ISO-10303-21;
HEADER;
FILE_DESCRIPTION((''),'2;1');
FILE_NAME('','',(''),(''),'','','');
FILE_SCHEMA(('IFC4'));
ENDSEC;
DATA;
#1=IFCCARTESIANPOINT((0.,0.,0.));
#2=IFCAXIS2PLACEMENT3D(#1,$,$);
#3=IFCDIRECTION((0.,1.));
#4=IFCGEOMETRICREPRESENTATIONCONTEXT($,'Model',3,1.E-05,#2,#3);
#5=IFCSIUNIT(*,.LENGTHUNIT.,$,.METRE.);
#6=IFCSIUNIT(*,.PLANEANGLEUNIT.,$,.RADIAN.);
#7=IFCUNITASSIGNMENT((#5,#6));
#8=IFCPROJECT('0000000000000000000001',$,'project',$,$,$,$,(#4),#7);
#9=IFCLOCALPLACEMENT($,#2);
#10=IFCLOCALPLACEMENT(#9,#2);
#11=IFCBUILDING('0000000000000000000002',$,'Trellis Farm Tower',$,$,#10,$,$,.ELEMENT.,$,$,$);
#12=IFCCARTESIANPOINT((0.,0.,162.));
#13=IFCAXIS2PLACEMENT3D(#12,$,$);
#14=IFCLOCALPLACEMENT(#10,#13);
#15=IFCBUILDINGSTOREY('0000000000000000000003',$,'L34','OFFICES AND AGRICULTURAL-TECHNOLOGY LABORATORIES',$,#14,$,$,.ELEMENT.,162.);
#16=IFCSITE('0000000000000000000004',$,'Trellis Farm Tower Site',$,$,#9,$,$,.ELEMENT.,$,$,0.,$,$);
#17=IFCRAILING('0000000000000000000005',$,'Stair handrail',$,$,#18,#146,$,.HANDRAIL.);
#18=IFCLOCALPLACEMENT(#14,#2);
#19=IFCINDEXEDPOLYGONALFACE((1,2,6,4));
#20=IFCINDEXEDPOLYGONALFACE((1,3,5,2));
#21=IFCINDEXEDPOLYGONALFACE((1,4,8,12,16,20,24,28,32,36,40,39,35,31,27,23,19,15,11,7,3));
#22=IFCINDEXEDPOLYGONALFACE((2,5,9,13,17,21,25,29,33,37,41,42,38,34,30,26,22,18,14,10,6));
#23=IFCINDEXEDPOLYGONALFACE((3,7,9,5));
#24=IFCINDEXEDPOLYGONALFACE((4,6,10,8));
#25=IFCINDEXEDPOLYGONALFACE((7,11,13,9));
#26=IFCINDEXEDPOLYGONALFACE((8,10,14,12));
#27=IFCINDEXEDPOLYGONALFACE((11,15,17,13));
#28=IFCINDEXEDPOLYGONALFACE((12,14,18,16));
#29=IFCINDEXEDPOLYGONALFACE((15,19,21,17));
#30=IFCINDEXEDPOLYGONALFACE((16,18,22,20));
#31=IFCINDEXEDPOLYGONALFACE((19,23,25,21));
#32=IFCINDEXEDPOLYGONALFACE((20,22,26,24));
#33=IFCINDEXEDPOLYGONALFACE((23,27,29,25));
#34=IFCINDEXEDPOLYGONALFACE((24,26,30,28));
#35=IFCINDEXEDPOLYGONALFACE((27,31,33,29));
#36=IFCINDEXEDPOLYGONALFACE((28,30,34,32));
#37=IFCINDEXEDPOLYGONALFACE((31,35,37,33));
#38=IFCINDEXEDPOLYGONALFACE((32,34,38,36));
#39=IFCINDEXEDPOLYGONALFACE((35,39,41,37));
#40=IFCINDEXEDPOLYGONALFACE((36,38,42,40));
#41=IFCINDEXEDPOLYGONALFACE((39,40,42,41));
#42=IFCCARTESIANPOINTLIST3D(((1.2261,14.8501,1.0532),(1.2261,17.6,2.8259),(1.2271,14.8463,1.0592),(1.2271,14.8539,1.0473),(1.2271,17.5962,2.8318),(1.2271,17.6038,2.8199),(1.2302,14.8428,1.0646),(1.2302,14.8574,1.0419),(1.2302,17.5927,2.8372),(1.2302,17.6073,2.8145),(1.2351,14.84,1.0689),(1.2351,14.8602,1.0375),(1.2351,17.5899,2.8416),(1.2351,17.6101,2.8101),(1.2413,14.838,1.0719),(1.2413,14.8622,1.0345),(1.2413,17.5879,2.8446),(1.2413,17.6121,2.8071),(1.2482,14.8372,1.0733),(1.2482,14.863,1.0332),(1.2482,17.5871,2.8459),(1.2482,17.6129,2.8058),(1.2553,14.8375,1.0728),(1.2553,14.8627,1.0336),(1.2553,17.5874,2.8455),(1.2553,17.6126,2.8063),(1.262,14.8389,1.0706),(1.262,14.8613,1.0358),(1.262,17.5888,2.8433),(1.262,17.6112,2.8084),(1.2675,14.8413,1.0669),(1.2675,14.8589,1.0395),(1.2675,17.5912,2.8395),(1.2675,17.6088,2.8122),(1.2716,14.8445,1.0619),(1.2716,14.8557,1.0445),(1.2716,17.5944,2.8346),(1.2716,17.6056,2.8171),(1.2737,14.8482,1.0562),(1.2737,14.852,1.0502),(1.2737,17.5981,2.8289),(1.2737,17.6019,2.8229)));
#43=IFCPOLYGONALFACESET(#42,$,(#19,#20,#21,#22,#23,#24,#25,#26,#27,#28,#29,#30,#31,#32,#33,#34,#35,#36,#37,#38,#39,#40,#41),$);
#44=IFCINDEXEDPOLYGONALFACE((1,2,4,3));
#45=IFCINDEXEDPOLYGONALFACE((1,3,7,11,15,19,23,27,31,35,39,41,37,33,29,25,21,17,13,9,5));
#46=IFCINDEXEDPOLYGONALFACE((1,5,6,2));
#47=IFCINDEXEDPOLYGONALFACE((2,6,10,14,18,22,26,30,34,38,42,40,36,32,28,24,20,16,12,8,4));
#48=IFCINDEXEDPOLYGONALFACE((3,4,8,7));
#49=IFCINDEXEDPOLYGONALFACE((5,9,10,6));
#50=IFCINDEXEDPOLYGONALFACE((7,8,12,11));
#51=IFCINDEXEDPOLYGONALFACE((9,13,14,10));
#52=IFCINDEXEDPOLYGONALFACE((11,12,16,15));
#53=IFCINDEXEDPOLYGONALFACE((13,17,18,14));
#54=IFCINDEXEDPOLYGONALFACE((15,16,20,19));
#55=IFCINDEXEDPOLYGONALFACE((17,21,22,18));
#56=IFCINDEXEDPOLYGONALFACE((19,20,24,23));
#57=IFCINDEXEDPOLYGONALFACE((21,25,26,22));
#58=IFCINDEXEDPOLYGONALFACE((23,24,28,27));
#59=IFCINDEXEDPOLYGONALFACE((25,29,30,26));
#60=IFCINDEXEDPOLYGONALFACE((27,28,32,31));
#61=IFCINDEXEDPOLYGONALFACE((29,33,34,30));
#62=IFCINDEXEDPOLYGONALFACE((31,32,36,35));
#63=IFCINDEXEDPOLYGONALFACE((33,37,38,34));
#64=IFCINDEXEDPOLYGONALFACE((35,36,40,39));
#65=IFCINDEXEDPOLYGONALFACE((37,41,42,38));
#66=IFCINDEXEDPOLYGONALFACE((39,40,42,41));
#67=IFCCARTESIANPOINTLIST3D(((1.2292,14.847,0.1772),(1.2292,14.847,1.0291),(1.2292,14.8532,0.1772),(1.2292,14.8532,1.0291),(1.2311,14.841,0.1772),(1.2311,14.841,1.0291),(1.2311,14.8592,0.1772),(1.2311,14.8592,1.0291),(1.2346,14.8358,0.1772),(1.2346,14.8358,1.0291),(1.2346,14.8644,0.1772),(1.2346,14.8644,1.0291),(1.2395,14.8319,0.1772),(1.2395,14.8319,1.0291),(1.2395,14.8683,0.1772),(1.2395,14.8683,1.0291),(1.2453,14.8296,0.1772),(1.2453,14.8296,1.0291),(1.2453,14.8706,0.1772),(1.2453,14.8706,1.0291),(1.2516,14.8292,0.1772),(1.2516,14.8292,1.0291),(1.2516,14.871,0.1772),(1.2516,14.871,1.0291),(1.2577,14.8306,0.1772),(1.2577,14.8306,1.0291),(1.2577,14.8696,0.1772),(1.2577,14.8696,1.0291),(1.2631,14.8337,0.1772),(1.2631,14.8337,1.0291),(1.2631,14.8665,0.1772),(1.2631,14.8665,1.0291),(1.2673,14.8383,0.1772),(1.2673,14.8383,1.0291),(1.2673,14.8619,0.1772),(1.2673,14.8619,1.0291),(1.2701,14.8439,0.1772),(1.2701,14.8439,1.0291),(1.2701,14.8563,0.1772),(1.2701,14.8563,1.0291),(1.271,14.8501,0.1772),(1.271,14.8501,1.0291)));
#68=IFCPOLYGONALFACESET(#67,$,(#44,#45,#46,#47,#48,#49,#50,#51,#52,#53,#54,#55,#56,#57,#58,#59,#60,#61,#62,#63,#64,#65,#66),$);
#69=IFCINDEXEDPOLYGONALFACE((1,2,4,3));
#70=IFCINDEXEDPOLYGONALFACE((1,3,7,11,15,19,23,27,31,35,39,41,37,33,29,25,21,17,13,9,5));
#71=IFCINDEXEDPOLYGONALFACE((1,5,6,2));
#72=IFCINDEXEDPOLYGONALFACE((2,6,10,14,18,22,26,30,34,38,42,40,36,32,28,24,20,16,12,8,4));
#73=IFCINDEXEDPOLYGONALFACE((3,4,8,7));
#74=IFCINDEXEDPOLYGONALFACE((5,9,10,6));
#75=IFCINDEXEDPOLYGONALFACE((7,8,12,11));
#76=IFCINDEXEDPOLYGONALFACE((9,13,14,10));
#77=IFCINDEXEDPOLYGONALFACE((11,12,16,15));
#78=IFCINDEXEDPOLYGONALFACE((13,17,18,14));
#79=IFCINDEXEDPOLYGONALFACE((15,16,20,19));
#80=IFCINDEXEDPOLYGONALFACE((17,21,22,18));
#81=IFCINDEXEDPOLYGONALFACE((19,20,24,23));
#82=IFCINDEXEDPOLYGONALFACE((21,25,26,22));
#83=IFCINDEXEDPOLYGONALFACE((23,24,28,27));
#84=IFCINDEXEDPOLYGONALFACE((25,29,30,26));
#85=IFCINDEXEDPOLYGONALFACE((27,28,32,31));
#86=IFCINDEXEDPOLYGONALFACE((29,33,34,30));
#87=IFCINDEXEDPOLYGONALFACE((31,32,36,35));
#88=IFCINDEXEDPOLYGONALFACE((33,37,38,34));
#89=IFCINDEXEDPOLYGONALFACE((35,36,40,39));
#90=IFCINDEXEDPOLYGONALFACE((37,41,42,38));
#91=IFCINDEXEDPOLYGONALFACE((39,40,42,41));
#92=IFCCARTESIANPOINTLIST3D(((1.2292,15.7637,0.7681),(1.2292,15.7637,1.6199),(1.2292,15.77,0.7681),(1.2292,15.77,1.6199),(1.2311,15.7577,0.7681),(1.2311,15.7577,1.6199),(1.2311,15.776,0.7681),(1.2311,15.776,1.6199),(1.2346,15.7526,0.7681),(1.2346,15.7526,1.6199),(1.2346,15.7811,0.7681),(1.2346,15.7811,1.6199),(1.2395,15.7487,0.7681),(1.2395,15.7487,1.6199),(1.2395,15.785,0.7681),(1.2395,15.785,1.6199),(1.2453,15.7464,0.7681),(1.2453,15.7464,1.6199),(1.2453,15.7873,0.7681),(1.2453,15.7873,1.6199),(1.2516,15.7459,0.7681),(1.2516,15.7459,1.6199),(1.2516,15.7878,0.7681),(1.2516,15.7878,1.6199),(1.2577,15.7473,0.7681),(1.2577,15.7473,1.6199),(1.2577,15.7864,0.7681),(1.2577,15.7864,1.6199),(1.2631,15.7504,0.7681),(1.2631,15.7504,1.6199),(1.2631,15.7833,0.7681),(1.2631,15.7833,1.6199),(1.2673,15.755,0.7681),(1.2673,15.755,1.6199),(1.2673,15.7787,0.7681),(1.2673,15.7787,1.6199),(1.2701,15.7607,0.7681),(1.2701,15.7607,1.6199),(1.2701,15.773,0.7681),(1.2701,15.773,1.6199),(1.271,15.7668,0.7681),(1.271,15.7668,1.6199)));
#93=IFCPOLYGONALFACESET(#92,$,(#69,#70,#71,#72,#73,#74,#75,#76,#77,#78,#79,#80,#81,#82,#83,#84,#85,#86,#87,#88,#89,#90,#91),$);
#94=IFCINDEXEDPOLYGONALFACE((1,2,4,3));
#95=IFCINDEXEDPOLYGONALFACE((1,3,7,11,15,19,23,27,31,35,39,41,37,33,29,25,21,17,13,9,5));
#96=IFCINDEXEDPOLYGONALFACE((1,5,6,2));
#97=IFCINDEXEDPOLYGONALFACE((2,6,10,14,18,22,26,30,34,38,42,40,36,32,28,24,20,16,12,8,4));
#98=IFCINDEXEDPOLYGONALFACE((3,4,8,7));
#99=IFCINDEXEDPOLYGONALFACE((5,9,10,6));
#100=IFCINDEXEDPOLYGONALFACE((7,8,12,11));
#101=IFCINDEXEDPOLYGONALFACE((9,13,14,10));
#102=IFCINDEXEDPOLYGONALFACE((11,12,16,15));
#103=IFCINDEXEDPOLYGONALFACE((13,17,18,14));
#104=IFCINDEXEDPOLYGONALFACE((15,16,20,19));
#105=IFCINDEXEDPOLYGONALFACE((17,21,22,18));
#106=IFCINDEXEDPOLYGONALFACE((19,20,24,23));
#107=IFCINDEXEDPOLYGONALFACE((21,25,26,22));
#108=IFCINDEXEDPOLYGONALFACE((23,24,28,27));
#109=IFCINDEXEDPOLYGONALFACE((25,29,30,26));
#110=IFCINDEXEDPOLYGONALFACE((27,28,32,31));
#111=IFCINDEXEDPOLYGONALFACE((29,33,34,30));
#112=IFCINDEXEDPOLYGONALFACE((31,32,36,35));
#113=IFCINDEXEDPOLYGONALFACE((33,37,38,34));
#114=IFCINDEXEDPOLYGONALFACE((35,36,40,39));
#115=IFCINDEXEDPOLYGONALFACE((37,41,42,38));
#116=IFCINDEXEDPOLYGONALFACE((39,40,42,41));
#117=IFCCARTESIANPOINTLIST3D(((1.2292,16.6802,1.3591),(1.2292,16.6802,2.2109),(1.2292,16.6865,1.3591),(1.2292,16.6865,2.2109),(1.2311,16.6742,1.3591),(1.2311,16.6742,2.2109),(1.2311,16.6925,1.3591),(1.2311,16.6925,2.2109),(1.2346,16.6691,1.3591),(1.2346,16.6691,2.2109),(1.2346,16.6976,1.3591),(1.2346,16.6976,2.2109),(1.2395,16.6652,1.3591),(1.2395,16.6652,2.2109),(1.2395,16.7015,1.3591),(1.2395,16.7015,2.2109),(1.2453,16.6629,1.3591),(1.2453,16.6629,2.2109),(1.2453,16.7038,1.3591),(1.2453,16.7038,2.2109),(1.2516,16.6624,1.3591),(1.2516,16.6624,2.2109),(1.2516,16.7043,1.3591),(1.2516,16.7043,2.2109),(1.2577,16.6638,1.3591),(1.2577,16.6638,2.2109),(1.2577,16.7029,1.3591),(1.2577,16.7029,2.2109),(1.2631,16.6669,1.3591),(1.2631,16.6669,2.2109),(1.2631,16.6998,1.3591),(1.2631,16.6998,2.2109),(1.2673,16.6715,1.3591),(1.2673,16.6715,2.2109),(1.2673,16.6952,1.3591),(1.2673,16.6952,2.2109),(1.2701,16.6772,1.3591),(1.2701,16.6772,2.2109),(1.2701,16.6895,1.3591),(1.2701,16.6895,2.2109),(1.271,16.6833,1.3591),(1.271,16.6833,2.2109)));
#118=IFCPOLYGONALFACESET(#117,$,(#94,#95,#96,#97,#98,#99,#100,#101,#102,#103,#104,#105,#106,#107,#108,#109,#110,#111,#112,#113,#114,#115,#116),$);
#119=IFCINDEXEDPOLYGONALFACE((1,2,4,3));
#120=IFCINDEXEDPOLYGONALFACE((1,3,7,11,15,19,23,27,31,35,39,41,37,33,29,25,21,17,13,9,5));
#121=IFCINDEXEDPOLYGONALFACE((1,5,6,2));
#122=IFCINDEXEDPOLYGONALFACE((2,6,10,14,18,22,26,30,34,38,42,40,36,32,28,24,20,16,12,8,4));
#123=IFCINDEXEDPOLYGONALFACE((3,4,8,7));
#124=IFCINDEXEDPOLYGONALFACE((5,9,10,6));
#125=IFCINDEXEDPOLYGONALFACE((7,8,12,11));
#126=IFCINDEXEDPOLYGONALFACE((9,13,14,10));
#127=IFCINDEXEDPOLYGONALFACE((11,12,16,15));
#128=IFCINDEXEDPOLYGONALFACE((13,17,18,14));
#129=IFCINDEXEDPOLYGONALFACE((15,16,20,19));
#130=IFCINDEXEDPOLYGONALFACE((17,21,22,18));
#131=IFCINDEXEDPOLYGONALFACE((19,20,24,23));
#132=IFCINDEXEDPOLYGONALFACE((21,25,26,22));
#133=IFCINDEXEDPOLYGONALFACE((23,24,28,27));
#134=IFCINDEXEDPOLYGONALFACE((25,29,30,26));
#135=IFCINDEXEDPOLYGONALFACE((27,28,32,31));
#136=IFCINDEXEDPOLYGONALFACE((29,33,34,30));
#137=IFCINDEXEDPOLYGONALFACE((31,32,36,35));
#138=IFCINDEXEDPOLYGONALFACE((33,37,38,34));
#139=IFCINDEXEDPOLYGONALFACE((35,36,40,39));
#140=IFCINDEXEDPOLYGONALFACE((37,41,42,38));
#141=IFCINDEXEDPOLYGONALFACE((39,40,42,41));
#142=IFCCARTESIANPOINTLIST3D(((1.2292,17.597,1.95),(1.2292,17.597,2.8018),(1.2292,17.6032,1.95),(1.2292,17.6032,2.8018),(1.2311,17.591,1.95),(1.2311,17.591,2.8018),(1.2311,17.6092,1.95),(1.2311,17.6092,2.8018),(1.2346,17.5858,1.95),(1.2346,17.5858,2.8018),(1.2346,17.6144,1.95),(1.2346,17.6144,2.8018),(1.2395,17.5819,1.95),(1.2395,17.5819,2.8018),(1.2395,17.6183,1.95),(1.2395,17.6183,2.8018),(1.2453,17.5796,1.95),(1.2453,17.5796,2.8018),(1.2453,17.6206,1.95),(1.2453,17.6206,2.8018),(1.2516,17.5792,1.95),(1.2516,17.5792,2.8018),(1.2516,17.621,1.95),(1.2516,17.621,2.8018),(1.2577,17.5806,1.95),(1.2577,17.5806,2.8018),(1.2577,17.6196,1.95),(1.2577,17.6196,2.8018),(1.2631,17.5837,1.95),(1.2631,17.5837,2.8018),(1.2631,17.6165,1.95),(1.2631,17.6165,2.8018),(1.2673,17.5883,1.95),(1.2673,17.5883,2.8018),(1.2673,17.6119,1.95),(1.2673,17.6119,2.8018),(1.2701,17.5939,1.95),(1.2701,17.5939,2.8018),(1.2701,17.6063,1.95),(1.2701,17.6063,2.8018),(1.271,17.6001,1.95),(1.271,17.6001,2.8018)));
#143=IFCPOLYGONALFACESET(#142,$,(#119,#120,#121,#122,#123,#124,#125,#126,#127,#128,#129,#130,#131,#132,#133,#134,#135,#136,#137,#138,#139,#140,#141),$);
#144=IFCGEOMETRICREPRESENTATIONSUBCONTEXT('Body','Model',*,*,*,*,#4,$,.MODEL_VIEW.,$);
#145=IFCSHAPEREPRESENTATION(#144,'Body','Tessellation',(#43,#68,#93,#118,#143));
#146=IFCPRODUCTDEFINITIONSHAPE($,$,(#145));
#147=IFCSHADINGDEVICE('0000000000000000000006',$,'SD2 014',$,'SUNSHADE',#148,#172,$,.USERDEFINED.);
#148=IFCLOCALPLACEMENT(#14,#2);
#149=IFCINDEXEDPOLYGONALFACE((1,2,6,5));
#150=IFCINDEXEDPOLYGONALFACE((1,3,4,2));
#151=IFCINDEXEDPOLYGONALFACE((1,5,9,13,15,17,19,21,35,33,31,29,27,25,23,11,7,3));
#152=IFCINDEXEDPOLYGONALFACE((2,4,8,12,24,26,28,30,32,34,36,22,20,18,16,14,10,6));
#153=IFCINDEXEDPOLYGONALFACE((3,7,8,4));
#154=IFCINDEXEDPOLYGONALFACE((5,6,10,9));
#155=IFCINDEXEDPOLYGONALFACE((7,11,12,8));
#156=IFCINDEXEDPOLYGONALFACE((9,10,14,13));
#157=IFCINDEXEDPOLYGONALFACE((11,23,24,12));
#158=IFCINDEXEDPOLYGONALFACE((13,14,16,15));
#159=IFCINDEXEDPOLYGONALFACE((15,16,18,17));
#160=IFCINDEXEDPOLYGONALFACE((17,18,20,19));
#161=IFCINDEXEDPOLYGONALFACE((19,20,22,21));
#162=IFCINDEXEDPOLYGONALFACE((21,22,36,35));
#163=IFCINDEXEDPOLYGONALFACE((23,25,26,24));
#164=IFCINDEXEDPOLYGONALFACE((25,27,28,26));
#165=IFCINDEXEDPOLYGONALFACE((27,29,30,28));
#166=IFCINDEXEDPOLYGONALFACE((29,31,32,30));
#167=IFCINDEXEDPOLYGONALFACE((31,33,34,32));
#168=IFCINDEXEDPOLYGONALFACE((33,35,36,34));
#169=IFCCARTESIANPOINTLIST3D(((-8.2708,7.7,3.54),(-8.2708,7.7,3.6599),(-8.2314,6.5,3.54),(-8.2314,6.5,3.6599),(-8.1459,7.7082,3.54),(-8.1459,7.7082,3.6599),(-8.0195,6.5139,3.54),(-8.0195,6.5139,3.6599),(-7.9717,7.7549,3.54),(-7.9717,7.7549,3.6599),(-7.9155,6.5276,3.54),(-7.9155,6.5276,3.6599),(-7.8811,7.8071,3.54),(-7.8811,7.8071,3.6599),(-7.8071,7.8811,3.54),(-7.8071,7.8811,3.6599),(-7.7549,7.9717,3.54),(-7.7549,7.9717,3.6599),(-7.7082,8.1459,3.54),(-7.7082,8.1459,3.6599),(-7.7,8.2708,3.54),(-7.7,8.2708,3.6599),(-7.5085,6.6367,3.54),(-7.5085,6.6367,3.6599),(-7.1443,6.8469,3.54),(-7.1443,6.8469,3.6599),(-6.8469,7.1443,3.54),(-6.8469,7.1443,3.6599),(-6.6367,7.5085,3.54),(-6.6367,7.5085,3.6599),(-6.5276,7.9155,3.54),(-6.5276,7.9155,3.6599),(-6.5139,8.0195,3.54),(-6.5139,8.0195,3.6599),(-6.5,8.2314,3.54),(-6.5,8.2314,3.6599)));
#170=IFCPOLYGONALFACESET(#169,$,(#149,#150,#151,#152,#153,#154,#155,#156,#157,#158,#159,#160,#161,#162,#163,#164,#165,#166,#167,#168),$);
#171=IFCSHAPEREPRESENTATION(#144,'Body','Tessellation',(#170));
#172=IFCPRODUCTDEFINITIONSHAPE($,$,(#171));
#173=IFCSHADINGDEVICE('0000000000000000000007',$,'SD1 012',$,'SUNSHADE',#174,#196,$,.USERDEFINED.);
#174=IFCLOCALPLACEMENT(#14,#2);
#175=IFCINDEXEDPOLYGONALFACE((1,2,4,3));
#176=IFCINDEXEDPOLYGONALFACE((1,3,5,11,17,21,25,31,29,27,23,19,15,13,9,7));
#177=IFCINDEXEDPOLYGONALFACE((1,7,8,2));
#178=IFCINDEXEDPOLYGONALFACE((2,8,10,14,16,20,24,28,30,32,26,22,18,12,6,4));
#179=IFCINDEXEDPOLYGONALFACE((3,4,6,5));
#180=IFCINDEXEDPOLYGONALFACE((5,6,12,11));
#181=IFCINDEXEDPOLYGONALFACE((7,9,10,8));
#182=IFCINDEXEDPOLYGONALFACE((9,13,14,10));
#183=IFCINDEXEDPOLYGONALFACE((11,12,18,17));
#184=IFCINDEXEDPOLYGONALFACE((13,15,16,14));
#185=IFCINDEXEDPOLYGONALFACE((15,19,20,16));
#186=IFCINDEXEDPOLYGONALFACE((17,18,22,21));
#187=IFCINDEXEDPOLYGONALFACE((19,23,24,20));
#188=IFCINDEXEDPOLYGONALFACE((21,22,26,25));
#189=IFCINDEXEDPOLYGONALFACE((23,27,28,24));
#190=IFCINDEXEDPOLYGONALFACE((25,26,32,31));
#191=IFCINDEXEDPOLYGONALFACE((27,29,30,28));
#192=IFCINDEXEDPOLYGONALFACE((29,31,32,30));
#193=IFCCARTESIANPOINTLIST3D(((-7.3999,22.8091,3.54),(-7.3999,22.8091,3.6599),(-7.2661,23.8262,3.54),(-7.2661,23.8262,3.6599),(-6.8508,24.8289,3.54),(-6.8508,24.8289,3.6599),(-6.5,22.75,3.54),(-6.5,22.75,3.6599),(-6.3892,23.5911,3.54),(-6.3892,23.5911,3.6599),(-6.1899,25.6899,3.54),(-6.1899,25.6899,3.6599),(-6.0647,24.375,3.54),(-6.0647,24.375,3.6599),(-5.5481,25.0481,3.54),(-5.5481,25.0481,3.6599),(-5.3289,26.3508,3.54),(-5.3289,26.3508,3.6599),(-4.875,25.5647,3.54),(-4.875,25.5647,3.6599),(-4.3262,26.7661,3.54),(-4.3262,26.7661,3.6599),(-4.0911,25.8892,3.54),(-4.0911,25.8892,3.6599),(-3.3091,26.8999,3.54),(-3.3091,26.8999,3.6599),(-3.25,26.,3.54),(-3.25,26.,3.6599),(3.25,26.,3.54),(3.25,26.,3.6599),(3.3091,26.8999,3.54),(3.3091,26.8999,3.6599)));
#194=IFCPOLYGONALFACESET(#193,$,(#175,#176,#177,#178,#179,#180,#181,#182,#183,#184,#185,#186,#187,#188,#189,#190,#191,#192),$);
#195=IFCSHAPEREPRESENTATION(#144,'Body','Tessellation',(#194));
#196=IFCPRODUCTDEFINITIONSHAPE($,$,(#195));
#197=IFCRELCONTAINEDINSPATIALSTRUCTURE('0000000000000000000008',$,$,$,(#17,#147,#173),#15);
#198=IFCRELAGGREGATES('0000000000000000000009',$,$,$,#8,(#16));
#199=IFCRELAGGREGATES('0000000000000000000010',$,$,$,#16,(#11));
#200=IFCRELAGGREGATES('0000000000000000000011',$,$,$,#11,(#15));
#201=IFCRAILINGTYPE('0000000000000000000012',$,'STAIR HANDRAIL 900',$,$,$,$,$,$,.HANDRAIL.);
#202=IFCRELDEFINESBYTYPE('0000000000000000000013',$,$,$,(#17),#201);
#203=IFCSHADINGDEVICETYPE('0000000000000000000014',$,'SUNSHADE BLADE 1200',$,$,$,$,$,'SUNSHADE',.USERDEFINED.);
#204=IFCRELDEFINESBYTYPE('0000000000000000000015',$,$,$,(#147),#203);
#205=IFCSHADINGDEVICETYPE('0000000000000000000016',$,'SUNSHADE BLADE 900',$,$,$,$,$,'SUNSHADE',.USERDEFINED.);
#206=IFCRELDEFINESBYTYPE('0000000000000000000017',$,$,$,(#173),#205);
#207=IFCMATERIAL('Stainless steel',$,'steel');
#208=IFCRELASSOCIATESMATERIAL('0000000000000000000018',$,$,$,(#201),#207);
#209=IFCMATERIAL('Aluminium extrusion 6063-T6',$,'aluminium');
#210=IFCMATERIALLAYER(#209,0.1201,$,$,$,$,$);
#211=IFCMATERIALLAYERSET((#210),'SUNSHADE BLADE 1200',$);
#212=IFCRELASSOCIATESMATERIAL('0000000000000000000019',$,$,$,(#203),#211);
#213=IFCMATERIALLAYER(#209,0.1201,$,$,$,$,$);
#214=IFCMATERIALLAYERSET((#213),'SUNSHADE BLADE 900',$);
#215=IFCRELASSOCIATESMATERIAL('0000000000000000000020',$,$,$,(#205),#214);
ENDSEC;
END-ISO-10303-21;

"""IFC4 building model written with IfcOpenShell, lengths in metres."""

from ifc_helpers import new_model, si_unit, direction, frame, origin, origin_2d, place, context, subcontext, project, spatial, polyline, circle, outline, extrude, source, transform, mapped, material, layer, layer_set, type_object, element, save


model = new_model("IFC4")

# Units and contexts
model_context = context("Model", 3, precision=1e-05, world=origin(), true_north=direction((0.0, 1.0)))
body_context = subcontext(model_context, "Body", "Model", "MODEL_VIEW")
ifc_project = project(units=[si_unit("LENGTHUNIT", "METRE"), si_unit("PLANEANGLEUNIT", "RADIAN")], contexts=[model_context])

# Site, building, storey
site_placement = place(None, origin())
site = spatial("IfcSite", under=ifc_project, at=site_placement, Name="Trellis Farm Tower Site", CompositionType="ELEMENT", RefElevation=0.0)
building_placement = place(site_placement, origin())
building = spatial("IfcBuilding", under=site, at=building_placement, Name="Trellis Farm Tower", CompositionType="ELEMENT")
storey_placement = place(building_placement, frame((0.0, 0.0, 162.0)))
storey = spatial("IfcBuildingStorey", under=building, at=storey_placement, Name="L34", Description="OFFICES AND AGRICULTURAL-TECHNOLOGY LABORATORIES", CompositionType="ELEMENT", Elevation=162.0)

# Shared definitions
ifc_material_1 = material(Name="Aluminium extrusion 6063-T6", Category="aluminium")

# Railing
ifc_material_2 = material(Name="Stainless steel", Category="steel")
railing_type = type_object("IfcRailingType", Name="STAIR HANDRAIL 900", PredefinedType="HANDRAIL", material=ifc_material_2)
shared_shape_1 = source(origin(), body_context, "Body", "SweptSolid", [
    extrude(circle(Radius=0.0239, at=origin_2d()), frame((0.0, 0.0, 0.876), z_axis=(0.0, 0.840504, 0.541806), x_axis=(-1.0, 0.0, 0.0)), (0.0, 0.0, 1.0), 3.2717),
    extrude(circle(Radius=0.021, at=origin_2d()), origin(), (0.0, 0.0, 1.0), 0.8518),
    extrude(circle(Radius=0.021, at=origin_2d()), frame((0.0, 0.9167, 0.5908)), (0.0, 0.0, 1.0), 0.8518),
    extrude(circle(Radius=0.021, at=origin_2d()), frame((0.0, 1.8333, 1.1819)), (0.0, 0.0, 1.0), 0.8518),
    extrude(circle(Radius=0.021, at=origin_2d()), frame((0.0, 2.75, 1.7727)), (0.0, 0.0, 1.0), 0.8518),
])
railing_placement = place(storey_placement, frame((1.25, 14.8501, 0.1772)))
element("IfcRailing", 1, at=railing_placement, inside=storey, type_object=railing_type, Name="Stair handrail", PredefinedType="HANDRAIL", context=body_context, shape_type="MappedRepresentation", body=[
    mapped(shared_shape_1, transform((0.0, 0.0, 0.0))),
])

# Shading devices
ifc_layer_1 = layer(ifc_material_1, 0.1201)
ifc_layer_set_1 = layer_set([ifc_layer_1], Name="SUNSHADE BLADE 1200")
shading_device_type_1 = type_object("IfcShadingDeviceType", Name="SUNSHADE BLADE 1200", ElementType="SUNSHADE", PredefinedType="USERDEFINED", material=ifc_layer_set_1)
shared_shape_2 = source(origin(), body_context, "Body", "SweptSolid", [
    extrude(outline(polyline([(-7.7, 8.2708), (-7.7087, 8.1372), (-7.707, 8.1501), (-7.7549, 7.9717), (-7.8071, 7.8811), (-7.8811, 7.8071), (-7.9717, 7.7549), (-8.1501, 7.707), (-8.1372, 7.7087), (-8.2708, 7.7), (-8.2314, 6.5), (-8.0195, 6.5139), (-7.9155, 6.5276), (-7.5085, 6.6367), (-7.1443, 6.8469), (-6.8469, 7.1443), (-6.6367, 7.5085), (-6.5276, 7.9155), (-6.5139, 8.0195), (-6.5, 8.2314), (-7.7, 8.2708)])), origin(), (0.0, 0.0, 1.0), 0.1199),
])
placement_1 = place(storey_placement, frame((0.0, 0.0, 3.54)))
element("IfcShadingDevice", 2, at=placement_1, inside=storey, type_object=shading_device_type_1, Name="SD2 014", ObjectType="SUNSHADE", PredefinedType="USERDEFINED", context=body_context, shape_type="MappedRepresentation", body=[
    mapped(shared_shape_2, transform((0.0, 0.0, 0.0))),
])
ifc_layer_2 = layer(ifc_material_1, 0.1201)
ifc_layer_set_2 = layer_set([ifc_layer_2], Name="SUNSHADE BLADE 900")
shading_device_type_2 = type_object("IfcShadingDeviceType", Name="SUNSHADE BLADE 900", ElementType="SUNSHADE", PredefinedType="USERDEFINED", material=ifc_layer_set_2)
shared_shape_3 = source(origin(), body_context, "Body", "SweptSolid", [
    extrude(outline(polyline([(3.3091, 26.8999), (-3.3091, 26.8999), (-4.3262, 26.7661), (-5.3289, 26.3508), (-6.1899, 25.6899), (-6.8508, 24.8289), (-7.2661, 23.8262), (-7.3999, 22.8091), (-6.5, 22.75), (-6.3892, 23.5911), (-6.0647, 24.375), (-5.5481, 25.0481), (-4.875, 25.5647), (-4.0911, 25.8892), (-3.25, 26.0), (3.25, 26.0), (3.3091, 26.8999)])), origin(), (0.0, 0.0, 1.0), 0.1199),
])
element("IfcShadingDevice", 3, at=placement_1, inside=storey, type_object=shading_device_type_2, Name="SD1 012", ObjectType="SUNSHADE", PredefinedType="USERDEFINED", context=body_context, shape_type="MappedRepresentation", body=[
    mapped(shared_shape_3, transform((0.0, 0.0, 0.0))),
])

save(model, "model.ifc")
